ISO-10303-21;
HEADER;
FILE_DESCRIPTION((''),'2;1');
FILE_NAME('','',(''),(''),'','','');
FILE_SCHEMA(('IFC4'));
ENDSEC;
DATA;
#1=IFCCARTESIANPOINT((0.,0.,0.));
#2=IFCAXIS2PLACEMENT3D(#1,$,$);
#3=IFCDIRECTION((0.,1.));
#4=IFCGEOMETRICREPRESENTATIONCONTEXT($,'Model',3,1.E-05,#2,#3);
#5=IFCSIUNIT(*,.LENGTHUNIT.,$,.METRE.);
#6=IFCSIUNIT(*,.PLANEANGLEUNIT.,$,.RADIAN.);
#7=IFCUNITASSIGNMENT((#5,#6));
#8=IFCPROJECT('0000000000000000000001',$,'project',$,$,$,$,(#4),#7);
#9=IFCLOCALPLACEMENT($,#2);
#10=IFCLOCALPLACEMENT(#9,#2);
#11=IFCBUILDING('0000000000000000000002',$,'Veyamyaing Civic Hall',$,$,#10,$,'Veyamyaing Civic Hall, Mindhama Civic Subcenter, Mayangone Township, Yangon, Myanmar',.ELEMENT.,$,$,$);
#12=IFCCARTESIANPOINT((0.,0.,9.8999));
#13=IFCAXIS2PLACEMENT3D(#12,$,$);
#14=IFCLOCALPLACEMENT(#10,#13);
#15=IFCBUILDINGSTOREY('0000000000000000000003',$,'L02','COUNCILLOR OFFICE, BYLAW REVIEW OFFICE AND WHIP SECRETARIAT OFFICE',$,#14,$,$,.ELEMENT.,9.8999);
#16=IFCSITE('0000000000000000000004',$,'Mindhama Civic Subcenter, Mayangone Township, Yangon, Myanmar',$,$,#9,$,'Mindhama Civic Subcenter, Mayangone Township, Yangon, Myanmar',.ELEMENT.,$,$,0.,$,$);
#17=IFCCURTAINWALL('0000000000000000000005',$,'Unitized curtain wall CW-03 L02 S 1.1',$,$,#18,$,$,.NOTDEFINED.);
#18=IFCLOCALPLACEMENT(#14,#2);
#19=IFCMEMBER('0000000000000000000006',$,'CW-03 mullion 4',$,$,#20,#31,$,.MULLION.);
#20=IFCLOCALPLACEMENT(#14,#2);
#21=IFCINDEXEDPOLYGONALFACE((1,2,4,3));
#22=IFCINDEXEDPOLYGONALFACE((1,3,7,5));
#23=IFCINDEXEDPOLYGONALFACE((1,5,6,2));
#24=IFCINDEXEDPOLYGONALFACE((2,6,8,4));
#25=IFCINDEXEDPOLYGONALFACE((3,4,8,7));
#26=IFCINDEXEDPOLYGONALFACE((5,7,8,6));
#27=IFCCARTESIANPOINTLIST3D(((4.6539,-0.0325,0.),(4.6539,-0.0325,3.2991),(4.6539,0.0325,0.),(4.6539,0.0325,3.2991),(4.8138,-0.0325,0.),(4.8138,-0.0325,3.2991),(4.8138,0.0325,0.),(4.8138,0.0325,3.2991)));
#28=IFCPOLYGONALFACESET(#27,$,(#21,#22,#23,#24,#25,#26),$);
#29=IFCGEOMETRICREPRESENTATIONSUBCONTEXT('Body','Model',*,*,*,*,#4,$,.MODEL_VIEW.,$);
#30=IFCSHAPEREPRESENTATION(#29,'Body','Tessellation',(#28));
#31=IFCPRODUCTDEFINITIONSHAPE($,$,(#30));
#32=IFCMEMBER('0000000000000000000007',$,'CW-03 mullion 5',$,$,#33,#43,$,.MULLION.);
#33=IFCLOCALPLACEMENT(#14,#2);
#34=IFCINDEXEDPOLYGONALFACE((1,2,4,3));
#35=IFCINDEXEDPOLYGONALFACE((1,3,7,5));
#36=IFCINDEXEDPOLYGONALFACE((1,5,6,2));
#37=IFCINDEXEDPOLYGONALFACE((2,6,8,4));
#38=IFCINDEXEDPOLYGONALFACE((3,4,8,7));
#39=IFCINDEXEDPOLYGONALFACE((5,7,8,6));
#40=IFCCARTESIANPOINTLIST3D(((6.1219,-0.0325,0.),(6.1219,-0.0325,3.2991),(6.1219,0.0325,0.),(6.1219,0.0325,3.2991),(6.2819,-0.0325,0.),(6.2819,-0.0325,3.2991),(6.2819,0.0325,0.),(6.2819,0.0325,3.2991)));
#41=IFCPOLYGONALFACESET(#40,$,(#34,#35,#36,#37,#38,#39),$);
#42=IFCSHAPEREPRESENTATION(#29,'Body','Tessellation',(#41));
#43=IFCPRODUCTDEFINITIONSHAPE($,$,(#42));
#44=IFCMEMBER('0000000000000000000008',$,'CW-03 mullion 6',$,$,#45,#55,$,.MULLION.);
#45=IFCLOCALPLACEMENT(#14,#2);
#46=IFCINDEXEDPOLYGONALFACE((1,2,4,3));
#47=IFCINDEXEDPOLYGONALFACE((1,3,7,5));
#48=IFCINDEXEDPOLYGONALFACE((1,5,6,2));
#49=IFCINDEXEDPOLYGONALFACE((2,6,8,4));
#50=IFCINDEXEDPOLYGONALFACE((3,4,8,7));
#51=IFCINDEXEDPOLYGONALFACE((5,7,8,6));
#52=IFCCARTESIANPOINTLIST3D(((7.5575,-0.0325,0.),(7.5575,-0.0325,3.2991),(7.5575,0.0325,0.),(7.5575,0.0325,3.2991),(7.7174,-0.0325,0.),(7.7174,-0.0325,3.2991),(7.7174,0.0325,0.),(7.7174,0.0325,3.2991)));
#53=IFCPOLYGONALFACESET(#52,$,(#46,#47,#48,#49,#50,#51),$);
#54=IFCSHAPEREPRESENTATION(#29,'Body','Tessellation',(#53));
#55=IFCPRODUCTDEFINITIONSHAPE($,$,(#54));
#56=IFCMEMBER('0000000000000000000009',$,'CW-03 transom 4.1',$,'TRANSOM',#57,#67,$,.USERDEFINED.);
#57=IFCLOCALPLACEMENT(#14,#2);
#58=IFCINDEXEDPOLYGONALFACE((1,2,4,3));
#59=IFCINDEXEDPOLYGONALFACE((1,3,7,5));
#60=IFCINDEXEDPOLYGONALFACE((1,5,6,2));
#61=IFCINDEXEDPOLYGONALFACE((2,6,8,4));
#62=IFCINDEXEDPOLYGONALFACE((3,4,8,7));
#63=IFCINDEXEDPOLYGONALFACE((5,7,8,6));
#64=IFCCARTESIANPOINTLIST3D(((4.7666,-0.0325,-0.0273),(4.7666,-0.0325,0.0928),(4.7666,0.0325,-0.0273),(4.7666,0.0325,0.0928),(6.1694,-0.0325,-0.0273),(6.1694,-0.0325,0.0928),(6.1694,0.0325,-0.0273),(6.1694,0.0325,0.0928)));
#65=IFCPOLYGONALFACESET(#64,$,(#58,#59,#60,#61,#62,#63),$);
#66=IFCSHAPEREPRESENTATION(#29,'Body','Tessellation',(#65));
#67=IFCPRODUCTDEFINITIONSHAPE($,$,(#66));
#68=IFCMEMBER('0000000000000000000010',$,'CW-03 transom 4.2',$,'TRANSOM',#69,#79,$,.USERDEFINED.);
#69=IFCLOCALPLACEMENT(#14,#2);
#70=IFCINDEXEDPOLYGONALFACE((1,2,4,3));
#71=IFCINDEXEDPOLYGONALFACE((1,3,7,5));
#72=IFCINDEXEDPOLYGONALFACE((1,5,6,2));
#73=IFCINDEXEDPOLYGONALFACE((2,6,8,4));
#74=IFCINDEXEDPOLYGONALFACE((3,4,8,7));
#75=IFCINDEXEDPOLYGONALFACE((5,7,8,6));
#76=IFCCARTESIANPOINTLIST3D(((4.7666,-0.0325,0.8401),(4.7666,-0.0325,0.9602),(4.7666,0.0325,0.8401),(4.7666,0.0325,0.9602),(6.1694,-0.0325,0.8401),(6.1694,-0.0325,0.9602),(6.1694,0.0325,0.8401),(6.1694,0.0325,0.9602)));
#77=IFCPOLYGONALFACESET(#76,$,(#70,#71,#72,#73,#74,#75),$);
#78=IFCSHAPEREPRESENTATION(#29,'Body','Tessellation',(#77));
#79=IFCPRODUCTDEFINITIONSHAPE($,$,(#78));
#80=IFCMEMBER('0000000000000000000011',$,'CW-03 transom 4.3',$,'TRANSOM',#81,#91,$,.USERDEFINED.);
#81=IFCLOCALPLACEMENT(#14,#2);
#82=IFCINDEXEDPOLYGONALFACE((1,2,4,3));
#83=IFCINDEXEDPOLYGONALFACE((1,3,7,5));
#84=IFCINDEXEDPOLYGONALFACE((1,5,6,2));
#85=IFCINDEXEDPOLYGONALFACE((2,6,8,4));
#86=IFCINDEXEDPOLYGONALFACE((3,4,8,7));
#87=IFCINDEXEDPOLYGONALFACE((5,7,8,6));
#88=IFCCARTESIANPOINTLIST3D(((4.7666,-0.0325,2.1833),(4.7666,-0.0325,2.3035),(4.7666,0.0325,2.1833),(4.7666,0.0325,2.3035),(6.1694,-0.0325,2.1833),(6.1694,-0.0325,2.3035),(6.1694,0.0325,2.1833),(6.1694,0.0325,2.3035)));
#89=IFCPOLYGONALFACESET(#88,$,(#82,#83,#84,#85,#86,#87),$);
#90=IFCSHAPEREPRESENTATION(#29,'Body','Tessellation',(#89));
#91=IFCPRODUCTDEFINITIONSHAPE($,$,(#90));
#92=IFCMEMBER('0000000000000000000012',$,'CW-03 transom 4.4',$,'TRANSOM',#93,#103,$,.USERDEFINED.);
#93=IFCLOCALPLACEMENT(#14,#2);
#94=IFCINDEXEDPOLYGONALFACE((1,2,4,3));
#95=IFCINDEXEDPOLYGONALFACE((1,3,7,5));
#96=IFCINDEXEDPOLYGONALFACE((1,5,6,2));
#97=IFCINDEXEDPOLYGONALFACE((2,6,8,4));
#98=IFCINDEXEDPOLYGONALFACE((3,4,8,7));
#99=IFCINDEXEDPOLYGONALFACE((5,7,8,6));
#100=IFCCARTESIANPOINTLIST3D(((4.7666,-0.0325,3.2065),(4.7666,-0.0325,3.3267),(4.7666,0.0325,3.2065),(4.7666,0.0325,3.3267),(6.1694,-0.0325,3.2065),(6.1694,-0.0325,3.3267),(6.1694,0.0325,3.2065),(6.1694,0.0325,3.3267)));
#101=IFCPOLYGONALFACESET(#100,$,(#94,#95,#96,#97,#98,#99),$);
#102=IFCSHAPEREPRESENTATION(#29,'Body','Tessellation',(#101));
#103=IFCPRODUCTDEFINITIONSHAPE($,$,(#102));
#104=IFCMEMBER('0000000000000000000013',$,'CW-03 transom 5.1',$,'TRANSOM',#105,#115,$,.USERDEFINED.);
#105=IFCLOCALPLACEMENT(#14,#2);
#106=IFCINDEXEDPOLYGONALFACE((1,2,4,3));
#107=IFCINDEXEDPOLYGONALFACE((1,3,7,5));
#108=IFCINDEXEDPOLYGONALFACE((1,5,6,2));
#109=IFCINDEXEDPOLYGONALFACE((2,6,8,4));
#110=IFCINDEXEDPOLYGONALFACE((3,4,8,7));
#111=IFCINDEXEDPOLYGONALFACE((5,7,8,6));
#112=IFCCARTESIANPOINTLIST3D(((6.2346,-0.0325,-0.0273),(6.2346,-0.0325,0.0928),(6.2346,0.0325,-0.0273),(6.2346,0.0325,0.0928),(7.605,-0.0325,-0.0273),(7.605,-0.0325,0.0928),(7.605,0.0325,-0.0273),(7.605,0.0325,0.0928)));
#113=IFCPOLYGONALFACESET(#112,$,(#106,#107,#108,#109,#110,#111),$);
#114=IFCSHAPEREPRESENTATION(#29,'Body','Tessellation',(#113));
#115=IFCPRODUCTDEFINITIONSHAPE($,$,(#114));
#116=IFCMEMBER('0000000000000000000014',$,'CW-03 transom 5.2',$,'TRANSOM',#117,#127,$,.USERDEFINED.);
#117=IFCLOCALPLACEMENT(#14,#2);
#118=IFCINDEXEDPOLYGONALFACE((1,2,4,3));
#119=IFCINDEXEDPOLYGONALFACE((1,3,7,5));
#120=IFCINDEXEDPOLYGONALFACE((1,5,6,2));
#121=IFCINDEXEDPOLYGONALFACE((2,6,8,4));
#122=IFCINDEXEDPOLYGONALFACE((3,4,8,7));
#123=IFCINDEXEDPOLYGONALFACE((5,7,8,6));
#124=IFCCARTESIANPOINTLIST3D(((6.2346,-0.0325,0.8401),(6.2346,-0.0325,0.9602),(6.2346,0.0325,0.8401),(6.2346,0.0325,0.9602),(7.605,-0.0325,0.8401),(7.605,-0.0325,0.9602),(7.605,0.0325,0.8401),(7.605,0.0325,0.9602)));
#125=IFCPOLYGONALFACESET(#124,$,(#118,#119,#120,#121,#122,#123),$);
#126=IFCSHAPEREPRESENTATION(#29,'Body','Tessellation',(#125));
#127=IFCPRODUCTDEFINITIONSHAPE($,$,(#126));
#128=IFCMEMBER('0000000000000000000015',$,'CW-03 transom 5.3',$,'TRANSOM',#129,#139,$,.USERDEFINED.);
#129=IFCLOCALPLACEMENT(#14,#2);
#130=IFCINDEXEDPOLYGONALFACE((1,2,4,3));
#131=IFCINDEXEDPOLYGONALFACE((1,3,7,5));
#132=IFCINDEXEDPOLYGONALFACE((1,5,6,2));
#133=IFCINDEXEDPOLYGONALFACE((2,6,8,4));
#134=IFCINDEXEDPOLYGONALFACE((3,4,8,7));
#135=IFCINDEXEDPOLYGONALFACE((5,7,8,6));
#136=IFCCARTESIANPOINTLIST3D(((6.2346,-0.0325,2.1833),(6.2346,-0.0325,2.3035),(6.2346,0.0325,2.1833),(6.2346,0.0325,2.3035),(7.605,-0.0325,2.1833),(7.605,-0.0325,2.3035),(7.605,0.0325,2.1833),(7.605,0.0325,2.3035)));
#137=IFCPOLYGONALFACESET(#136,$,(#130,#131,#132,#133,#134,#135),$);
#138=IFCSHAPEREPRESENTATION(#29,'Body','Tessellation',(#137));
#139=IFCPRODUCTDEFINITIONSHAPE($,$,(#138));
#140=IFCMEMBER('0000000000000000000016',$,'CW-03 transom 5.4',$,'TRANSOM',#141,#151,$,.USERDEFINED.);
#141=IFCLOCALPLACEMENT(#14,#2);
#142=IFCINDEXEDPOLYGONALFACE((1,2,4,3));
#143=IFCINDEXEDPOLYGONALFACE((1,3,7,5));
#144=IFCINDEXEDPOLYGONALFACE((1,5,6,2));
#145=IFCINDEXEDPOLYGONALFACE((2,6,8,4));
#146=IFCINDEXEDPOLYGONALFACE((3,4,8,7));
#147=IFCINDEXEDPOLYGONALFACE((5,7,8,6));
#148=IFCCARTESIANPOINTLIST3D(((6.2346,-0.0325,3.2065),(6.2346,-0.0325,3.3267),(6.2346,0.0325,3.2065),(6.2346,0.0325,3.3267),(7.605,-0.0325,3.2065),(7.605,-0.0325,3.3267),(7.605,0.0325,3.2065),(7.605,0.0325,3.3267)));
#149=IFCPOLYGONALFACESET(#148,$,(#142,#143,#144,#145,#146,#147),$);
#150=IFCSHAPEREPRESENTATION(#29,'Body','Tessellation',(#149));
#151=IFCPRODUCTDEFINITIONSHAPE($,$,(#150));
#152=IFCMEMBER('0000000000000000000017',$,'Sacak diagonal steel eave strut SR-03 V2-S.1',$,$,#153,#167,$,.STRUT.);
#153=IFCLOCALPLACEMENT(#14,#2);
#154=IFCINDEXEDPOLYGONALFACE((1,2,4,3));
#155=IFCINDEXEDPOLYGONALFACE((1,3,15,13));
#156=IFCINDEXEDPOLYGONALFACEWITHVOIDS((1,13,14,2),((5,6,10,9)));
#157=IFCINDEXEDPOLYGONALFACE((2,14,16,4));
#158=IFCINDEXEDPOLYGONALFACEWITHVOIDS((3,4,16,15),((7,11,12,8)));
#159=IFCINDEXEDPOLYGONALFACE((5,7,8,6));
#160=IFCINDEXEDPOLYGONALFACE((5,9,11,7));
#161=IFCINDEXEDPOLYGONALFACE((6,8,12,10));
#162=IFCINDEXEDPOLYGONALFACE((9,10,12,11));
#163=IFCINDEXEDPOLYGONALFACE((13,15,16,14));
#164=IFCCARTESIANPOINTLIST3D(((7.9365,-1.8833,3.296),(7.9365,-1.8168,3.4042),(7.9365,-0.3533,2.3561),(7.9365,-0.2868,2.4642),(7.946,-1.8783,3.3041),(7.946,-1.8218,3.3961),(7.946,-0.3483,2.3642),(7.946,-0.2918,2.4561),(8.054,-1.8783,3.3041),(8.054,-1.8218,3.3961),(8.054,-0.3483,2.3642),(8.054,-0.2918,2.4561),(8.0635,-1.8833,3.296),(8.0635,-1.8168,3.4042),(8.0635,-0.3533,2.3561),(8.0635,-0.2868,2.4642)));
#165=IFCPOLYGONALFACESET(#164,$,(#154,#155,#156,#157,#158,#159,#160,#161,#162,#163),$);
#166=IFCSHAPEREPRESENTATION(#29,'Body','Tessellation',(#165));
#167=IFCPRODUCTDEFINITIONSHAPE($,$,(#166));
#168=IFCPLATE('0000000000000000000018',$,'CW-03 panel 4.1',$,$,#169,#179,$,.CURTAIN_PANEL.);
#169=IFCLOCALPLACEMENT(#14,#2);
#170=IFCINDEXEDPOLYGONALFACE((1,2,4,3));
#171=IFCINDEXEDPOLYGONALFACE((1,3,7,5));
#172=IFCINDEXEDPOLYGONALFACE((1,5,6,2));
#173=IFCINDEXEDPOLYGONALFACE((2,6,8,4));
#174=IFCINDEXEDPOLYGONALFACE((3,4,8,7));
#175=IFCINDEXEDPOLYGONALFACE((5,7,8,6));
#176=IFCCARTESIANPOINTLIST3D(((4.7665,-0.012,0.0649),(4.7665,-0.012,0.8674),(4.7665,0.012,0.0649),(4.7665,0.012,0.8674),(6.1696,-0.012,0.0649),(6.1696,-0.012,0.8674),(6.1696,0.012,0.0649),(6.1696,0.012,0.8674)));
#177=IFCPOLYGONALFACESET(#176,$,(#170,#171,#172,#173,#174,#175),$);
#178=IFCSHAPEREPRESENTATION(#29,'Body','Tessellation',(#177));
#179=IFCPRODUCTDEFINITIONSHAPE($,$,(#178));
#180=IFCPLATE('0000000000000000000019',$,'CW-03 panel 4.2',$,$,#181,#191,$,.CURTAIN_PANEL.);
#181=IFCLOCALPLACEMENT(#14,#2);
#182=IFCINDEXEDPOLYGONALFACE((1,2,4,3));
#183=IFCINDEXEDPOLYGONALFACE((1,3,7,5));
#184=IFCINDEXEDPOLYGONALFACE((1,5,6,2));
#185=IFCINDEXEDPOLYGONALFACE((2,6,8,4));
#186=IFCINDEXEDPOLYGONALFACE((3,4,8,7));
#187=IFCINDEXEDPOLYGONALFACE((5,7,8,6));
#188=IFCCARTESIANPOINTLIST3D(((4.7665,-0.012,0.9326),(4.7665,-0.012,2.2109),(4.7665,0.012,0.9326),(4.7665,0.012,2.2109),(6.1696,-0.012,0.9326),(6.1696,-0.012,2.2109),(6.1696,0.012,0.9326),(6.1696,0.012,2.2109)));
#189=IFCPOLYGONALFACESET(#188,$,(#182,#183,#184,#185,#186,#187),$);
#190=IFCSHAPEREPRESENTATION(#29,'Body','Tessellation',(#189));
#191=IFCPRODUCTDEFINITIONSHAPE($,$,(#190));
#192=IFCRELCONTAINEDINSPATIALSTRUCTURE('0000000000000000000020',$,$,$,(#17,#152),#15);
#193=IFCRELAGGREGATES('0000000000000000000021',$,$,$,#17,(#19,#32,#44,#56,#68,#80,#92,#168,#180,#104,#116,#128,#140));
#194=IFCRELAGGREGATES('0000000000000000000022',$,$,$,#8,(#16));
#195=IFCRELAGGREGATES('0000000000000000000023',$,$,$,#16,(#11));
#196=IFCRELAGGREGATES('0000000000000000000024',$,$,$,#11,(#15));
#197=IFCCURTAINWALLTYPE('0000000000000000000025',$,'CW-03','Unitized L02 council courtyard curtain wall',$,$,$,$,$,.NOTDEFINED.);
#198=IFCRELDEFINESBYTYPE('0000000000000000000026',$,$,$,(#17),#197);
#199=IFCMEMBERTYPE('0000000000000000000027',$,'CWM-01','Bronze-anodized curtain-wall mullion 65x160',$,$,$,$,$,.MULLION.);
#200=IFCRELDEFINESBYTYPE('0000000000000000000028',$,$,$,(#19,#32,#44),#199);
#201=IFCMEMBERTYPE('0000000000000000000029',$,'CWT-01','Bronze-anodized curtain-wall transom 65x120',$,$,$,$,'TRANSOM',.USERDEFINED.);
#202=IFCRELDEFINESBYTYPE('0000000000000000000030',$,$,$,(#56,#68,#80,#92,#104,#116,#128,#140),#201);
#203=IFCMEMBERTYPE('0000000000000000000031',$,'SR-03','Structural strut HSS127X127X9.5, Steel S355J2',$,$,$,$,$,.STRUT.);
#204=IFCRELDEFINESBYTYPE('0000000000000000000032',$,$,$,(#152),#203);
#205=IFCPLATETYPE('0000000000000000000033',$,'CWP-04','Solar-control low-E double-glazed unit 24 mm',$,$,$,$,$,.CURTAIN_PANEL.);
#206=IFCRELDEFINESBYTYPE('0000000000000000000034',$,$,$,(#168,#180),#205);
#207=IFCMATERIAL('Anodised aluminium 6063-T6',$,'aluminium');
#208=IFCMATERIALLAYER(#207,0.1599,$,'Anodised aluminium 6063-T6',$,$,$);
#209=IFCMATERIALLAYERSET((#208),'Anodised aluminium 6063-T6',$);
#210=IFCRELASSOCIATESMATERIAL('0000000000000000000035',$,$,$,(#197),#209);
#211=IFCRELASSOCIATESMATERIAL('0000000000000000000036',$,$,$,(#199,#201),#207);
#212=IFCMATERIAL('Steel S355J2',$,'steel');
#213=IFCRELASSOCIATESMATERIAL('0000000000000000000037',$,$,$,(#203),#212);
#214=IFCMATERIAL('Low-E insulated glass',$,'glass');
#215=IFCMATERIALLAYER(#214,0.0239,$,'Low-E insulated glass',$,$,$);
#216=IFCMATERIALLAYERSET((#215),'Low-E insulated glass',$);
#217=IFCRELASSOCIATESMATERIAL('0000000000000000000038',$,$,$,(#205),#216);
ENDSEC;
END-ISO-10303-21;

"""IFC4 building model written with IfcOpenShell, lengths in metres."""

from ifc_helpers import new_model, si_unit, direction, frame, origin, origin_2d, place, context, subcontext, project, spatial, rectangle, hollow_rectangle, extrude, material, layer, layer_set, material_profile, profile_set, type_object, element, aggregate, save


model = new_model("IFC4")

# Units and contexts
model_context = context("Model", 3, precision=1e-05, world=origin(), true_north=direction((0.0, 1.0)))
body_context = subcontext(model_context, "Body", "Model", "MODEL_VIEW")
ifc_project = project(units=[si_unit("LENGTHUNIT", "METRE"), si_unit("PLANEANGLEUNIT", "RADIAN")], contexts=[model_context])

# Site, building, storey
site_placement = place(None, origin())
site = spatial("IfcSite", under=ifc_project, at=site_placement, Name="Mindhama Civic Subcenter, Mayangone Township, Yangon, Myanmar", LongName="Mindhama Civic Subcenter, Mayangone Township, Yangon, Myanmar", CompositionType="ELEMENT", RefElevation=0.0)
building_placement = place(site_placement, origin())
building = spatial("IfcBuilding", under=site, at=building_placement, Name="Veyamyaing Civic Hall", LongName="Veyamyaing Civic Hall, Mindhama Civic Subcenter, Mayangone Township, Yangon, Myanmar", CompositionType="ELEMENT")
storey_placement = place(building_placement, frame((0.0, 0.0, 9.8999)))
storey = spatial("IfcBuildingStorey", under=building, at=storey_placement, Name="L02", Description="COUNCILLOR OFFICE, BYLAW REVIEW OFFICE AND WHIP SECRETARIAT OFFICE", CompositionType="ELEMENT", Elevation=9.8999)

# Curtain wall, members
ifc_material_1 = material(Name="Anodised aluminium 6063-T6", Category="aluminium")
ifc_layer_1 = layer(ifc_material_1, 0.1599, Name="Anodised aluminium 6063-T6")
ifc_layer_set_1 = layer_set([ifc_layer_1], Name="Anodised aluminium 6063-T6")
curtain_wall_type = type_object("IfcCurtainWallType", Name="CW-03", Description="Unitized L02 council courtyard curtain wall", PredefinedType="NOTDEFINED", material=ifc_layer_set_1)
curtain_wall_placement = place(storey_placement, origin())
curtain_wall = element("IfcCurtainWall", 1, at=curtain_wall_placement, inside=storey, type_object=curtain_wall_type, Name="Unitized curtain wall CW-03 L02 S 1.1", PredefinedType="NOTDEFINED")
ifc_material_profile_1 = material_profile(ifc_material_1, rectangle(XDim=0.0649, YDim=0.1599, at=origin_2d()), Name="ALU-MUL-65X160")
ifc_profile_set_1 = profile_set([ifc_material_profile_1], Name="Anodised aluminium 6063-T6")
member_type_1 = type_object("IfcMemberType", Name="CWM-01", Description="Bronze-anodized curtain-wall mullion 65x160", PredefinedType="MULLION", material=ifc_profile_set_1)
member_1_placement = place(storey_placement, frame((4.7339, 0.0, 0.0), z_axis=(0.0, 0.0, 1.0), x_axis=(0.0, 1.0, 0.0)))
member_1 = element("IfcMember", 2, at=member_1_placement, type_object=member_type_1, Name="CW-03 mullion 4", PredefinedType="MULLION", context=body_context, shape_type="SweptSolid", body=[
    extrude(rectangle(XDim=0.0649, YDim=0.1599, at=origin_2d()), origin(), (0.0, 0.0, 1.0), 3.2991),
])
member_2_placement = place(storey_placement, frame((6.2019, 0.0, 0.0), z_axis=(0.0, 0.0, 1.0), x_axis=(0.0, 1.0, 0.0)))
member_2 = element("IfcMember", 3, at=member_2_placement, type_object=member_type_1, Name="CW-03 mullion 5", PredefinedType="MULLION", context=body_context, shape_type="SweptSolid", body=[
    extrude(rectangle(XDim=0.0649, YDim=0.1599, at=origin_2d()), origin(), (0.0, 0.0, 1.0), 3.2991),
])
member_3_placement = place(storey_placement, frame((7.6375, 0.0, 0.0), z_axis=(0.0, 0.0, 1.0), x_axis=(0.0, 1.0, 0.0)))
member_3 = element("IfcMember", 4, at=member_3_placement, type_object=member_type_1, Name="CW-03 mullion 6", PredefinedType="MULLION", context=body_context, shape_type="SweptSolid", body=[
    extrude(rectangle(XDim=0.0649, YDim=0.1599, at=origin_2d()), origin(), (0.0, 0.0, 1.0), 3.2991),
])
ifc_material_profile_2 = material_profile(ifc_material_1, rectangle(XDim=0.0649, YDim=0.1201, at=origin_2d()), Name="ALU-TRN-65X120")
ifc_profile_set_2 = profile_set([ifc_material_profile_2], Name="Anodised aluminium 6063-T6")
member_type_2 = type_object("IfcMemberType", Name="CWT-01", Description="Bronze-anodized curtain-wall transom 65x120", ElementType="TRANSOM", PredefinedType="USERDEFINED", material=ifc_profile_set_2)
member_4_placement = place(storey_placement, frame((4.7666, 0.0, 0.0327), z_axis=(1.0, 0.0, 0.0), x_axis=(0.0, 1.0, 0.0)))
member_4 = element("IfcMember", 5, at=member_4_placement, type_object=member_type_2, Name="CW-03 transom 4.1", ObjectType="TRANSOM", PredefinedType="USERDEFINED", context=body_context, shape_type="SweptSolid", body=[
    extrude(rectangle(XDim=0.0649, YDim=0.1201, at=origin_2d()), origin(), (0.0, 0.0, 1.0), 1.4028),
])
member_5_placement = place(storey_placement, frame((4.7666, 0.0, 0.9001), z_axis=(1.0, 0.0, 0.0), x_axis=(0.0, 1.0, 0.0)))
member_5 = element("IfcMember", 6, at=member_5_placement, type_object=member_type_2, Name="CW-03 transom 4.2", ObjectType="TRANSOM", PredefinedType="USERDEFINED", context=body_context, shape_type="SweptSolid", body=[
    extrude(rectangle(XDim=0.0649, YDim=0.1201, at=origin_2d()), origin(), (0.0, 0.0, 1.0), 1.4028),
])
member_6_placement = place(storey_placement, frame((4.7666, 0.0, 2.2434), z_axis=(1.0, 0.0, 0.0), x_axis=(0.0, 1.0, 0.0)))
member_6 = element("IfcMember", 7, at=member_6_placement, type_object=member_type_2, Name="CW-03 transom 4.3", ObjectType="TRANSOM", PredefinedType="USERDEFINED", context=body_context, shape_type="SweptSolid", body=[
    extrude(rectangle(XDim=0.0649, YDim=0.1201, at=origin_2d()), origin(), (0.0, 0.0, 1.0), 1.4028),
])
member_7_placement = place(storey_placement, frame((4.7666, 0.0, 3.2666), z_axis=(1.0, 0.0, 0.0), x_axis=(0.0, 1.0, 0.0)))
member_7 = element("IfcMember", 8, at=member_7_placement, type_object=member_type_2, Name="CW-03 transom 4.4", ObjectType="TRANSOM", PredefinedType="USERDEFINED", context=body_context, shape_type="SweptSolid", body=[
    extrude(rectangle(XDim=0.0649, YDim=0.1201, at=origin_2d()), origin(), (0.0, 0.0, 1.0), 1.4028),
])
member_8_placement = place(storey_placement, frame((6.2346, 0.0, 0.0327), z_axis=(1.0, 0.0, 0.0), x_axis=(0.0, 1.0, 0.0)))
member_8 = element("IfcMember", 9, at=member_8_placement, type_object=member_type_2, Name="CW-03 transom 5.1", ObjectType="TRANSOM", PredefinedType="USERDEFINED", context=body_context, shape_type="SweptSolid", body=[
    extrude(rectangle(XDim=0.0649, YDim=0.1201, at=origin_2d()), origin(), (0.0, 0.0, 1.0), 1.3704),
])
member_9_placement = place(storey_placement, frame((6.2346, 0.0, 0.9001), z_axis=(1.0, 0.0, 0.0), x_axis=(0.0, 1.0, 0.0)))
member_9 = element("IfcMember", 10, at=member_9_placement, type_object=member_type_2, Name="CW-03 transom 5.2", ObjectType="TRANSOM", PredefinedType="USERDEFINED", context=body_context, shape_type="SweptSolid", body=[
    extrude(rectangle(XDim=0.0649, YDim=0.1201, at=origin_2d()), origin(), (0.0, 0.0, 1.0), 1.3704),
])
member_10_placement = place(storey_placement, frame((6.2346, 0.0, 2.2434), z_axis=(1.0, 0.0, 0.0), x_axis=(0.0, 1.0, 0.0)))
member_10 = element("IfcMember", 11, at=member_10_placement, type_object=member_type_2, Name="CW-03 transom 5.3", ObjectType="TRANSOM", PredefinedType="USERDEFINED", context=body_context, shape_type="SweptSolid", body=[
    extrude(rectangle(XDim=0.0649, YDim=0.1201, at=origin_2d()), origin(), (0.0, 0.0, 1.0), 1.3704),
])
member_11_placement = place(storey_placement, frame((6.2346, 0.0, 3.2666), z_axis=(1.0, 0.0, 0.0), x_axis=(0.0, 1.0, 0.0)))
member_11 = element("IfcMember", 12, at=member_11_placement, type_object=member_type_2, Name="CW-03 transom 5.4", ObjectType="TRANSOM", PredefinedType="USERDEFINED", context=body_context, shape_type="SweptSolid", body=[
    extrude(rectangle(XDim=0.0649, YDim=0.1201, at=origin_2d()), origin(), (0.0, 0.0, 1.0), 1.3704),
])

# Member
ifc_material_2 = material(Name="Steel S355J2", Category="steel")
ifc_material_profile_3 = material_profile(ifc_material_2, hollow_rectangle(XDim=0.127, YDim=0.127, WallThickness=0.0095, at=origin_2d()), Name="HSS127X127X9.5")
ifc_profile_set_3 = profile_set([ifc_material_profile_3], Name="Steel S355J2")
member_type_3 = type_object("IfcMemberType", Name="SR-03", Description="Structural strut HSS127X127X9.5, Steel S355J2", PredefinedType="STRUT", material=ifc_profile_set_3)
member_12_placement = place(storey_placement, frame((8.0, -0.3201, 2.4102), z_axis=(0.0, -0.85206, 0.523445), x_axis=(1.0, 0.0, 0.0)))
element("IfcMember", 13, at=member_12_placement, inside=storey, type_object=member_type_3, Name="Sacak diagonal steel eave strut SR-03 V2-S.1", PredefinedType="STRUT", context=body_context, shape_type="SweptSolid", body=[
    extrude(hollow_rectangle(XDim=0.127, YDim=0.127, WallThickness=0.0095, at=origin_2d()), origin(), (0.0, 0.0, 1.0), 1.7957),
])

# Plates
ifc_material_3 = material(Name="Low-E insulated glass", Category="glass")
ifc_layer_2 = layer(ifc_material_3, 0.0239, Name="Low-E insulated glass")
ifc_layer_set_2 = layer_set([ifc_layer_2], Name="Low-E insulated glass")
plate_type_1 = type_object("IfcPlateType", Name="CWP-04", Description="Solar-control low-E double-glazed unit 24 mm", PredefinedType="CURTAIN_PANEL", material=ifc_layer_set_2)
plate_1_placement = place(storey_placement, frame((5.468, 0.0, 0.0649), z_axis=(0.0, 0.0, 1.0), x_axis=(1.0, 0.0, 0.0)))
plate_1 = element("IfcPlate", 14, at=plate_1_placement, type_object=plate_type_1, Name="CW-03 panel 4.1", PredefinedType="CURTAIN_PANEL", context=body_context, shape_type="SweptSolid", body=[
    extrude(rectangle(XDim=1.4031, YDim=0.0239, at=origin_2d()), origin(), (0.0, 0.0, 1.0), 0.8025),
])
plate_2_placement = place(storey_placement, frame((5.468, 0.0, 0.9326), z_axis=(0.0, 0.0, 1.0), x_axis=(1.0, 0.0, 0.0)))
plate_2 = element("IfcPlate", 15, at=plate_2_placement, type_object=plate_type_1, Name="CW-03 panel 4.2", PredefinedType="CURTAIN_PANEL", context=body_context, shape_type="SweptSolid", body=[
    extrude(rectangle(XDim=1.4031, YDim=0.0239, at=origin_2d()), origin(), (0.0, 0.0, 1.0), 1.2783),
])
aggregate(curtain_wall, [member_1, member_2, member_3, member_4, member_5, member_6, member_7, plate_1, plate_2, member_8, member_9, member_10, member_11])

save(model, "model.ifc")
